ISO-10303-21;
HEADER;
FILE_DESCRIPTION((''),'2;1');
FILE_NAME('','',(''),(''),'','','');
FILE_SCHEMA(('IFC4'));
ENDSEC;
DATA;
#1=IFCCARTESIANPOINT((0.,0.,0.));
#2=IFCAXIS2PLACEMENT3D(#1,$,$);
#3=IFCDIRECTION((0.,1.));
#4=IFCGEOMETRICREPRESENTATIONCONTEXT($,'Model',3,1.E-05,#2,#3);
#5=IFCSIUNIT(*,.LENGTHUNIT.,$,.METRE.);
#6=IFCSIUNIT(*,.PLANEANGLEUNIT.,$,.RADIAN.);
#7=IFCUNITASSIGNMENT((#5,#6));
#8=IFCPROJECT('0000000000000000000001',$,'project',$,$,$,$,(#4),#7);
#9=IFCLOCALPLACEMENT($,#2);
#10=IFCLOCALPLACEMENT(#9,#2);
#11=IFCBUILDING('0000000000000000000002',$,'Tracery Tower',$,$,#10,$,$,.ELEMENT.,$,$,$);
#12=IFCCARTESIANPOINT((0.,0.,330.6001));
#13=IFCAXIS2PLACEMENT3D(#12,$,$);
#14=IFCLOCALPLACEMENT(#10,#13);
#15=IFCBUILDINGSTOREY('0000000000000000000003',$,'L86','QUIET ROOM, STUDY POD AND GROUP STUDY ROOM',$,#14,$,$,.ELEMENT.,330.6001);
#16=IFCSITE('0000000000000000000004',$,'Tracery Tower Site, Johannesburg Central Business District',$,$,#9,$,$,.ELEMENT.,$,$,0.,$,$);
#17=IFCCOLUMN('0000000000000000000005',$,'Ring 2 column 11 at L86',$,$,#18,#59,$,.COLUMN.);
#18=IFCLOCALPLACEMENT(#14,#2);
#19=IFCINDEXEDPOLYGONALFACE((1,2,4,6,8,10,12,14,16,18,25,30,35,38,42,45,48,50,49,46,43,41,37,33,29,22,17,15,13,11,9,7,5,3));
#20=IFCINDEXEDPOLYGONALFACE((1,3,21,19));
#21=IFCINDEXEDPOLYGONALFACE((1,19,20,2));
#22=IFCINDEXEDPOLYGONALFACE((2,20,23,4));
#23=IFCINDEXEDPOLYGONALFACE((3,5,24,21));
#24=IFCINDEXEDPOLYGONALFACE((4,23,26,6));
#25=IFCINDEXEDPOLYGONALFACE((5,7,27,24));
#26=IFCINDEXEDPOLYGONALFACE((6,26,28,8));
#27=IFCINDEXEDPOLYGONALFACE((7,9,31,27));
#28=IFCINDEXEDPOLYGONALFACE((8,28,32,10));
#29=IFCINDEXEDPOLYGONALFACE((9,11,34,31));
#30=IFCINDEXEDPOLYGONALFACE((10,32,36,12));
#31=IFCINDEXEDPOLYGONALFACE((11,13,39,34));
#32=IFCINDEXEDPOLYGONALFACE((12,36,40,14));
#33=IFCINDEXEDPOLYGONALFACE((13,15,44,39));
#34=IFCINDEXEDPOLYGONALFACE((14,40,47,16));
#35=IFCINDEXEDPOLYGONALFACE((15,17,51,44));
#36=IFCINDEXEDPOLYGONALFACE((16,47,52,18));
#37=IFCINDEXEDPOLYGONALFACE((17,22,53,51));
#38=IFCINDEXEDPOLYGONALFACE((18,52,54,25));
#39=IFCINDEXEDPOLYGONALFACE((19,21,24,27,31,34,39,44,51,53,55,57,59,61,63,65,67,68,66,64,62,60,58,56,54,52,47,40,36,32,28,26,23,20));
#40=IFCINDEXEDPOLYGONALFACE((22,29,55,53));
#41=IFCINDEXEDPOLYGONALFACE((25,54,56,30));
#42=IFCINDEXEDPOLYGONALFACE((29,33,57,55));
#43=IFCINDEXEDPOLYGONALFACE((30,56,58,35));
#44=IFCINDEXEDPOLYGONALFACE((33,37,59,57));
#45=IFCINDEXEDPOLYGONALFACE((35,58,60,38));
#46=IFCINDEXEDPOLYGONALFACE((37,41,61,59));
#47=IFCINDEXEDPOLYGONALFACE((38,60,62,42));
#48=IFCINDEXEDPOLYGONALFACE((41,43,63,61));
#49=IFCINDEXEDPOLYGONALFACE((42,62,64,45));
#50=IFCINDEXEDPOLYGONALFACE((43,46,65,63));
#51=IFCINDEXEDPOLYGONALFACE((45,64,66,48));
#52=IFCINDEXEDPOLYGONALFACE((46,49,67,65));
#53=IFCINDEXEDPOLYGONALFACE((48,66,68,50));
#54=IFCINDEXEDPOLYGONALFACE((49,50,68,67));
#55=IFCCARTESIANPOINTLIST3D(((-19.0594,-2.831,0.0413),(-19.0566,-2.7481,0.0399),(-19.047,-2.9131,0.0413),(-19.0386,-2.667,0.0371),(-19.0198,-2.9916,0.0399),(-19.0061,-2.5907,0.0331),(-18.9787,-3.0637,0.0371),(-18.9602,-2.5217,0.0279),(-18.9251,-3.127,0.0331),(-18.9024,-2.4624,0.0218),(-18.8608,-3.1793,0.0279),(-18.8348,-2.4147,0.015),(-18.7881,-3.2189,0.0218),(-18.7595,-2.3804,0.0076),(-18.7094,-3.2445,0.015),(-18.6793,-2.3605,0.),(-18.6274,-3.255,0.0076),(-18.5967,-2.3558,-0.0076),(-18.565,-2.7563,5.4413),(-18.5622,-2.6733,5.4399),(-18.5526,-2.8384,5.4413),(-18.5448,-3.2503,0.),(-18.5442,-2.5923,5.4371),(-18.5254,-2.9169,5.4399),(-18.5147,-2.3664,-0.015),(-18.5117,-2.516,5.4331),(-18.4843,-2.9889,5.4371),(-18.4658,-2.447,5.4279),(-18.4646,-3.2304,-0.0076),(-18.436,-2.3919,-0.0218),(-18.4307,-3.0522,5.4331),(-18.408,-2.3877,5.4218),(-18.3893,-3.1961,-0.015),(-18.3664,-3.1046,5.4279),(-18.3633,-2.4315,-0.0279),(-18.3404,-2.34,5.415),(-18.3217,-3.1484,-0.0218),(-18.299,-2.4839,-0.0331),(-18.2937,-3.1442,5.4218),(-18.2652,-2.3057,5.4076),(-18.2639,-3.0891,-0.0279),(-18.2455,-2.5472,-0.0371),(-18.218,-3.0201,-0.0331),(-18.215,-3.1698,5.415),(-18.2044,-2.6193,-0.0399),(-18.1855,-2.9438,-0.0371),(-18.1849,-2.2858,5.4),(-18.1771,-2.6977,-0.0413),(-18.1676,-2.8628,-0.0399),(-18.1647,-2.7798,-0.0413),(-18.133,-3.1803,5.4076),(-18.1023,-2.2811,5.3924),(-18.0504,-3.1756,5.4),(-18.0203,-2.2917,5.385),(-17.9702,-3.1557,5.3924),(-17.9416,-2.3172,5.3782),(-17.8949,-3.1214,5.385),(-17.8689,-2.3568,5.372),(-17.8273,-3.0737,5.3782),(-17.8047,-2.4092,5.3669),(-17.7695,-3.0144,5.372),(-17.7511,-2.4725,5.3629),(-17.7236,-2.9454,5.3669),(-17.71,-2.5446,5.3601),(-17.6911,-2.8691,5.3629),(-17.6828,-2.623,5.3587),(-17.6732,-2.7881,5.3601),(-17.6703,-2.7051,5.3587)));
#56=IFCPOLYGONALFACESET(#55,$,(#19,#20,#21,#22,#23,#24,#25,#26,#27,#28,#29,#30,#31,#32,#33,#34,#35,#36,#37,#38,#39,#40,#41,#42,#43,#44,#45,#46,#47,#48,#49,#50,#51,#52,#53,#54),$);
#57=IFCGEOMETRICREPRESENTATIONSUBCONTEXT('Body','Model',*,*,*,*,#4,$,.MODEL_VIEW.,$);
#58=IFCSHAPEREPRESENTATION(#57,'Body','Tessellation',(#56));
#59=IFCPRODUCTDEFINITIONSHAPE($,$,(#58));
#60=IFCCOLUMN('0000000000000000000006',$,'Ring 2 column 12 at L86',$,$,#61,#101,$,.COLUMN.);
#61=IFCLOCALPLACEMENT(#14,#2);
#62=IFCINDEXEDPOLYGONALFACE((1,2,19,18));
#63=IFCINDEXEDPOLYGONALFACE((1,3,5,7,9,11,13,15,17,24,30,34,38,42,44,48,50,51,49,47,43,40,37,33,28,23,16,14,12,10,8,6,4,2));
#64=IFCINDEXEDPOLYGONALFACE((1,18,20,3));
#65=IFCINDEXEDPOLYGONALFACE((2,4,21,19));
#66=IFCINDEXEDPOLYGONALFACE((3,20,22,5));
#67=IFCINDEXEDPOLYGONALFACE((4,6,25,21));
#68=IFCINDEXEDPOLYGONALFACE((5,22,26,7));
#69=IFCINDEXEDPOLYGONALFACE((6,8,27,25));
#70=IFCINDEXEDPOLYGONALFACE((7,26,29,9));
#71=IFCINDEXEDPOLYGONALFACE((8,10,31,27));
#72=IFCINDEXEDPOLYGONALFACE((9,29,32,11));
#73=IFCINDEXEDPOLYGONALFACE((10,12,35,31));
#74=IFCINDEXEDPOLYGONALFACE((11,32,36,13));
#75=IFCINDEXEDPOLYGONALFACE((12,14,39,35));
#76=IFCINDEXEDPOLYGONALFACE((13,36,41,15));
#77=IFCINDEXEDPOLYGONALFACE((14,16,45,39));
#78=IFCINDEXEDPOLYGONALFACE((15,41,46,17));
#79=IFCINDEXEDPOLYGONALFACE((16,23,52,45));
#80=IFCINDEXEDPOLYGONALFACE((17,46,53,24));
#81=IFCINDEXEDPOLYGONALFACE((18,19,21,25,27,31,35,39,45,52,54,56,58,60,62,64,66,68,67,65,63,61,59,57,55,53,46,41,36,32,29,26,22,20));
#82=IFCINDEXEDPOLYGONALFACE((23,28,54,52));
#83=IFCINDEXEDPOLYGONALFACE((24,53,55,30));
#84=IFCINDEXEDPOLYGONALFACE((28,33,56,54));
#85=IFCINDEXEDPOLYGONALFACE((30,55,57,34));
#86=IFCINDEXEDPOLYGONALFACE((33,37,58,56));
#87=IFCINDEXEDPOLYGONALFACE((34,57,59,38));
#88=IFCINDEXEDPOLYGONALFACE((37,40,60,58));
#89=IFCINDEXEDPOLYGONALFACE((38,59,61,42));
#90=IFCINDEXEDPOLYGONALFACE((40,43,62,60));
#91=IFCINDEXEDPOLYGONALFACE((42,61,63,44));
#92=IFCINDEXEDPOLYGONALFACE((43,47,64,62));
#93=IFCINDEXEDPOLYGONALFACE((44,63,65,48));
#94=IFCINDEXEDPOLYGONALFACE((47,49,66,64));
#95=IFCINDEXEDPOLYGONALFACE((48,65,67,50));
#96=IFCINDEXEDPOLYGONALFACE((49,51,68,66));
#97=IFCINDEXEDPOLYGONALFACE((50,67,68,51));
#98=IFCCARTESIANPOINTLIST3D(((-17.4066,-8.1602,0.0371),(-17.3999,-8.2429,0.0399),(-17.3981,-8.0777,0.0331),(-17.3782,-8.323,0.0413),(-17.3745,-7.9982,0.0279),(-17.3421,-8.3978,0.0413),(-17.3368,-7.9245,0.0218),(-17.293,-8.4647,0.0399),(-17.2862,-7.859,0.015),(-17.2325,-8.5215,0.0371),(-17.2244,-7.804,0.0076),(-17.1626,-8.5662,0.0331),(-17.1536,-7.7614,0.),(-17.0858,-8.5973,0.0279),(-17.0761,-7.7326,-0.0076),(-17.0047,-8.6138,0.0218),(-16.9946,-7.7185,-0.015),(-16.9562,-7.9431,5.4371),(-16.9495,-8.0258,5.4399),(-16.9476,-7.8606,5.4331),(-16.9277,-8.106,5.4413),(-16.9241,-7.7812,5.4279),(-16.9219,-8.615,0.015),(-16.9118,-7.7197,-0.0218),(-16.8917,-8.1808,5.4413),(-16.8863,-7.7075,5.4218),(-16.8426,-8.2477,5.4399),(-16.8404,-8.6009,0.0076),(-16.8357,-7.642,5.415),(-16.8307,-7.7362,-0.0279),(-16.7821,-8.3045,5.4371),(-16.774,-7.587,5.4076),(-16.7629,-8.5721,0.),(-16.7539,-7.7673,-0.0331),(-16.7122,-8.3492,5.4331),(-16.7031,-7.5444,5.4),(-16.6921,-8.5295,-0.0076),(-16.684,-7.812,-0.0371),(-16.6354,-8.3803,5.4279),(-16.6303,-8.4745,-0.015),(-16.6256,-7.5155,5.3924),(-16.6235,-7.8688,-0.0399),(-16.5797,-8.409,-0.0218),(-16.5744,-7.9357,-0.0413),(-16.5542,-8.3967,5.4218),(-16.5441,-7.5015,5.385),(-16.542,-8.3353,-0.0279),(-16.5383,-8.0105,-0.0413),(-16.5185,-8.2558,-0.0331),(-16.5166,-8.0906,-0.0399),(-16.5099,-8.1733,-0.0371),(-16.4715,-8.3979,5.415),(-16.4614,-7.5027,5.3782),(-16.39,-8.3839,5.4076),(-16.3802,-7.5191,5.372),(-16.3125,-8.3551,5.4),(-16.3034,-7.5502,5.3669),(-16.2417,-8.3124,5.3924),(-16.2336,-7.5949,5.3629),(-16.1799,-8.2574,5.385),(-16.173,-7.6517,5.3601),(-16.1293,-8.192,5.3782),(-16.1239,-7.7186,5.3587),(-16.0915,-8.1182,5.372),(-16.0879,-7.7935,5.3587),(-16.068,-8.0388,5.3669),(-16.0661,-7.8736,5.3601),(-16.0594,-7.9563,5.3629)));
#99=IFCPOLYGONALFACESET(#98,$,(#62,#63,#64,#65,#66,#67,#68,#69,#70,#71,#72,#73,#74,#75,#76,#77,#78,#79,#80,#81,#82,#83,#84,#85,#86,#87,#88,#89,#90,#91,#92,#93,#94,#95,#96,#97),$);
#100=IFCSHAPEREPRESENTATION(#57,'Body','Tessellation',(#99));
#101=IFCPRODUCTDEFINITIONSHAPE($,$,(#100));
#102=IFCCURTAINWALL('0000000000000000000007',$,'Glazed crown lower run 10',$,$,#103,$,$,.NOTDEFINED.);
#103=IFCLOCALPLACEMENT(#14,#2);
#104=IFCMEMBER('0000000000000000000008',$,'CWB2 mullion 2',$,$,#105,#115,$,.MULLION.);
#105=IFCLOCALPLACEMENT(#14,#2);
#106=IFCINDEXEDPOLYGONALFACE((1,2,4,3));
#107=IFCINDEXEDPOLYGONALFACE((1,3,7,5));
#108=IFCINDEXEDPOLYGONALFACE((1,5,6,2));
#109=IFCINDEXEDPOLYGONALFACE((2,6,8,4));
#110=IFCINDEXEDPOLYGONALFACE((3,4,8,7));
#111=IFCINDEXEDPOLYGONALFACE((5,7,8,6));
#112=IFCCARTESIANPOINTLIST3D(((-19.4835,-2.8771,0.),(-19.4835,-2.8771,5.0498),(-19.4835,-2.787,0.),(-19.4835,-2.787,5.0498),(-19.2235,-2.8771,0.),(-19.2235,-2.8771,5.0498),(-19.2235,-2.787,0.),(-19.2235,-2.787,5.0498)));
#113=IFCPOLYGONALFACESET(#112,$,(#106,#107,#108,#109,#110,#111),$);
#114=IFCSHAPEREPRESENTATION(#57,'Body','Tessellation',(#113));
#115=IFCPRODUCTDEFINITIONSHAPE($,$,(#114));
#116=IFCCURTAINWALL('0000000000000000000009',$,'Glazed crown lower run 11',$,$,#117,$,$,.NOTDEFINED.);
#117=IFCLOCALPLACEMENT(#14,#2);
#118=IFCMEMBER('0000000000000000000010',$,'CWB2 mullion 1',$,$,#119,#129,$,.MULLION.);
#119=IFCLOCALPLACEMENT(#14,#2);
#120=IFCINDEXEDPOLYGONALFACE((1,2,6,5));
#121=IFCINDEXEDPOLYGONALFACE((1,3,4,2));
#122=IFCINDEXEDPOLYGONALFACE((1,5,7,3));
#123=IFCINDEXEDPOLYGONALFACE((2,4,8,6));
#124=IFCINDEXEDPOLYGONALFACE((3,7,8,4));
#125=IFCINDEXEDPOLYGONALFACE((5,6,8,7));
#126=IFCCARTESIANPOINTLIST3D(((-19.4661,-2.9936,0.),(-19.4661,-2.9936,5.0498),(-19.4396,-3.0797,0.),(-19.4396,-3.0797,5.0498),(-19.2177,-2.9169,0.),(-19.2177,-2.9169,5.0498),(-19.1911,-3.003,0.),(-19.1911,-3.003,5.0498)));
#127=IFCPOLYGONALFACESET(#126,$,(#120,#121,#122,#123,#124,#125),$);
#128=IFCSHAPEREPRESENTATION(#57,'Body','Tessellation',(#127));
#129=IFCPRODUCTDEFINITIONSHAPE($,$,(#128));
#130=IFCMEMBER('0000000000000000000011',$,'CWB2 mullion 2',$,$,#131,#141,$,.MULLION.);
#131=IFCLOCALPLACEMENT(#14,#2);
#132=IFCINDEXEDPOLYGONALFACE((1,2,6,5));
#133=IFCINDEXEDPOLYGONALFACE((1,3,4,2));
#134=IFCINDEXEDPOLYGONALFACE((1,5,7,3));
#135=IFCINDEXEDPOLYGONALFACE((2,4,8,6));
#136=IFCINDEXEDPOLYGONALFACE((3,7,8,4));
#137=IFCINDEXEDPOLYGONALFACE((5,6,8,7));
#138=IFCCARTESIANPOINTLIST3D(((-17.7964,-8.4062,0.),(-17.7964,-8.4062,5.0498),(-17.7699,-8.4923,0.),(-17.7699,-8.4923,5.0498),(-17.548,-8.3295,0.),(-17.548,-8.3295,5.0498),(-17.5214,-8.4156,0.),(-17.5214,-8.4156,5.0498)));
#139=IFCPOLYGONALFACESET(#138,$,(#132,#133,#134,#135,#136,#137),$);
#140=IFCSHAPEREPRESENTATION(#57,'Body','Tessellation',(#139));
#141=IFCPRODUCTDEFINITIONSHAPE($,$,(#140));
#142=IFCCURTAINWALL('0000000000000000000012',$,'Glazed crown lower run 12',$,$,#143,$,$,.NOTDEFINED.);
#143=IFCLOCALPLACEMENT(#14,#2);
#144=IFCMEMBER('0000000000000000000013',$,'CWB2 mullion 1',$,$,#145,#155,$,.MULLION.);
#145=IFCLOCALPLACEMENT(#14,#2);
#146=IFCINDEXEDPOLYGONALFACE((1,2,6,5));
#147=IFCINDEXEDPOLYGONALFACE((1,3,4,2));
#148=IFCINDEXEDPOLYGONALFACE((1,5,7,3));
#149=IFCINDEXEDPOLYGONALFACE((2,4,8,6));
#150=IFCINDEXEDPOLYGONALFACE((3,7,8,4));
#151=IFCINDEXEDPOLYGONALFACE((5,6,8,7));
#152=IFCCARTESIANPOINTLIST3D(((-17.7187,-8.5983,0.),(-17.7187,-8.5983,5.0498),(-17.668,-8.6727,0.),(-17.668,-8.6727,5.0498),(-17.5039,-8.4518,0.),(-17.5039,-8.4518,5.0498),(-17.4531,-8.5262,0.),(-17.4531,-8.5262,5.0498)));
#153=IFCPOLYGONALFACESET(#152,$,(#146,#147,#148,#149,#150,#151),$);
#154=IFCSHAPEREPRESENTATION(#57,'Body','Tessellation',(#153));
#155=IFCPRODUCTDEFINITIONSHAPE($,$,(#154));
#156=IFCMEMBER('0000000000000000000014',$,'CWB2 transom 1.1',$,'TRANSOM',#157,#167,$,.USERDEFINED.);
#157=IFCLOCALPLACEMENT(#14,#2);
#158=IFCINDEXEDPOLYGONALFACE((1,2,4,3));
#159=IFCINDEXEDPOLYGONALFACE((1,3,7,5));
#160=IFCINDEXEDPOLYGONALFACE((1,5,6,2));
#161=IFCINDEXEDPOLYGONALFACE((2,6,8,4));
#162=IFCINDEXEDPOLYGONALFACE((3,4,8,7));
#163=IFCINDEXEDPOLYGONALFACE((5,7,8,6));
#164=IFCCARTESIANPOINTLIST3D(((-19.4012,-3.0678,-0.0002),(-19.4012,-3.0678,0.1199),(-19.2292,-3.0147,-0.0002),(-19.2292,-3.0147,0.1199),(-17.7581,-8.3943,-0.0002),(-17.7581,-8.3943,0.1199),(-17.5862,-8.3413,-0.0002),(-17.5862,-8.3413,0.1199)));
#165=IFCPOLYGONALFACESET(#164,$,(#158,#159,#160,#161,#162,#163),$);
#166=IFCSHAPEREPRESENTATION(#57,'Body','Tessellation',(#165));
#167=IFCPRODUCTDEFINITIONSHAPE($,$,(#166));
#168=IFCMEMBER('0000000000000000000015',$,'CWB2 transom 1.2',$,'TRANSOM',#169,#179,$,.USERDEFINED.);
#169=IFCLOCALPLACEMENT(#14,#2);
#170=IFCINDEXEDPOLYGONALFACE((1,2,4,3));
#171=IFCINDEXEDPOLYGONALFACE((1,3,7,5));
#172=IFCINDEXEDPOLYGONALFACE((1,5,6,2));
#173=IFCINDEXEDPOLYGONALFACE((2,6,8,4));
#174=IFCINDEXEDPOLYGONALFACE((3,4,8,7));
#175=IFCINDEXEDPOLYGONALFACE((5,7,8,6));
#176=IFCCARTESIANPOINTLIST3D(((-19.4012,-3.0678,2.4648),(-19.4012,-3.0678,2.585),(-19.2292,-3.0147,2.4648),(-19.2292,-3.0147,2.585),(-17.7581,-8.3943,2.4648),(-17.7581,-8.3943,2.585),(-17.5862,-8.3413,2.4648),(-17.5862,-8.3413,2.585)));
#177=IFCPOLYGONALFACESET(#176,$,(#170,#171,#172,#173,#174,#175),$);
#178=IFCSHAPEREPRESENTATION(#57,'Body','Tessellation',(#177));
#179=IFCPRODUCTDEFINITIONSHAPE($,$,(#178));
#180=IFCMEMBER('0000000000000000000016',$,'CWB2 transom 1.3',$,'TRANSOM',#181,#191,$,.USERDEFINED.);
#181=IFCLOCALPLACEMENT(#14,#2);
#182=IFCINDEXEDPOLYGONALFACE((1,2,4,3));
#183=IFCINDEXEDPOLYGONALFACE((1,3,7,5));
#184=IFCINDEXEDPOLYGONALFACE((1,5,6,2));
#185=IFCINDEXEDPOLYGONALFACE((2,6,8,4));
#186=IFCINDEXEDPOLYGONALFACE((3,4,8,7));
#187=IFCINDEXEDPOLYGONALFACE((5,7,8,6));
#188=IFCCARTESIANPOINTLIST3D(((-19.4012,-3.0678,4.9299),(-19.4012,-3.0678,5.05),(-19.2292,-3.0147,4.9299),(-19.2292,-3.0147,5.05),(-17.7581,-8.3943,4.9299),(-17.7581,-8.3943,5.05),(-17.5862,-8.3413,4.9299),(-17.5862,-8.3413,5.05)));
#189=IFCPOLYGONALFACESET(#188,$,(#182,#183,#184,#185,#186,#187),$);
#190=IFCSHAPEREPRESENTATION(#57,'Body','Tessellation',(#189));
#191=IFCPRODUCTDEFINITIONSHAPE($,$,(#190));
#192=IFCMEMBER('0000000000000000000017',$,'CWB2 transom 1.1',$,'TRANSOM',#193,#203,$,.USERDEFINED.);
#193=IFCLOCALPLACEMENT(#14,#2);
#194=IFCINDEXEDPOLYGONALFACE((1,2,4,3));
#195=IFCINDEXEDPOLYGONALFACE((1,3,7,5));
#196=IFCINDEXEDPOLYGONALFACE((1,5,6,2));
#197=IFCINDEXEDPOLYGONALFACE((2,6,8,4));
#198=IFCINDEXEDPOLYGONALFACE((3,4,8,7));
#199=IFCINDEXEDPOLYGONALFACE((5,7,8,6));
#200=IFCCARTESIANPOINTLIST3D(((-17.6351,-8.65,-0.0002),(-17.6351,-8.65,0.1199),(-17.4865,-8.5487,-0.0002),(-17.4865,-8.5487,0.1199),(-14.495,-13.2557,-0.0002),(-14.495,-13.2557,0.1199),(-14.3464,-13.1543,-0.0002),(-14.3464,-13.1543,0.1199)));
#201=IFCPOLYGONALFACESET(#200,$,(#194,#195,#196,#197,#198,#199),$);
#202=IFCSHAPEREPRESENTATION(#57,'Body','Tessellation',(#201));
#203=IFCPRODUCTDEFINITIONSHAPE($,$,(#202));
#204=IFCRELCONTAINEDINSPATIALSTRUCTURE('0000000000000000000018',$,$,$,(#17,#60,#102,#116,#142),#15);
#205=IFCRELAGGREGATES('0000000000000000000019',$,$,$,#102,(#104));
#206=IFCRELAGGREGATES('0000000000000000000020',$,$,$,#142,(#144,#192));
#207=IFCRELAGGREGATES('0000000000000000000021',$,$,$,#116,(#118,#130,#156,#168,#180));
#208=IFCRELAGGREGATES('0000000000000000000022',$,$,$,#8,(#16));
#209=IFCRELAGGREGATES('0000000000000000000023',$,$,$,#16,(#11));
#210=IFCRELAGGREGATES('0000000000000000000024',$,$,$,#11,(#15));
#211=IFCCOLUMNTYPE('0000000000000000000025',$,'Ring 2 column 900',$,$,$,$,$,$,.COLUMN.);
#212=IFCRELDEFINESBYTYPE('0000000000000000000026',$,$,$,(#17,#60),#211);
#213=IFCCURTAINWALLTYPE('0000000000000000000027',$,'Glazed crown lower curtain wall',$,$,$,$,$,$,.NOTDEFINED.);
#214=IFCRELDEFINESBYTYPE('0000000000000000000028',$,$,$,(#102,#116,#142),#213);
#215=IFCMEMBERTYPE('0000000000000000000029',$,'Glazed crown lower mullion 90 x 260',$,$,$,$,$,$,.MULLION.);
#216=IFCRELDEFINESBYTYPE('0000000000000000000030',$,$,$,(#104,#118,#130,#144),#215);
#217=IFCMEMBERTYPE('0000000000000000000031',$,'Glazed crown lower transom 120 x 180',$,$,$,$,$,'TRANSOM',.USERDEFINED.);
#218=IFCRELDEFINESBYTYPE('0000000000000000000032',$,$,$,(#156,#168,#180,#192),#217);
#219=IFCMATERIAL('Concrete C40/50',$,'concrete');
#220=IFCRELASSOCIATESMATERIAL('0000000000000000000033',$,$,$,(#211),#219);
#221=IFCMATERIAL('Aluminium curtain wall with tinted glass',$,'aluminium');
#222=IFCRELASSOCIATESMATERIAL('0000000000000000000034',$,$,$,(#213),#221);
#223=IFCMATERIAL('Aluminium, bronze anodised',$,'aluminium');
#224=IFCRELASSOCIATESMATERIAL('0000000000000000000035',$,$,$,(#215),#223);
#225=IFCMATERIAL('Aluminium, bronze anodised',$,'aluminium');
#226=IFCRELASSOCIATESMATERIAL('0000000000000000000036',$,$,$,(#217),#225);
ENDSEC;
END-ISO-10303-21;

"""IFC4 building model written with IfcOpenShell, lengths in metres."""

from ifc_helpers import new_model, si_unit, direction, frame, origin, origin_2d, place, context, subcontext, project, spatial, rectangle, circle, extrude, material, material_profile, profile_set, type_object, element, aggregate, save


model = new_model("IFC4")

# Units and contexts
model_context = context("Model", 3, precision=1e-05, world=origin(), true_north=direction((0.0, 1.0)))
body_context = subcontext(model_context, "Body", "Model", "MODEL_VIEW")
ifc_project = project(units=[si_unit("LENGTHUNIT", "METRE"), si_unit("PLANEANGLEUNIT", "RADIAN")], contexts=[model_context])

# Site, building, storey
site_placement = place(None, origin())
site = spatial("IfcSite", under=ifc_project, at=site_placement, Name="Tracery Tower Site, Johannesburg Central Business District", CompositionType="ELEMENT", RefElevation=0.0)
building_placement = place(site_placement, origin())
building = spatial("IfcBuilding", under=site, at=building_placement, Name="Tracery Tower", CompositionType="ELEMENT")
storey_placement = place(building_placement, frame((0.0, 0.0, 330.6001)))
storey = spatial("IfcBuildingStorey", under=building, at=storey_placement, Name="L86", Description="QUIET ROOM, STUDY POD AND GROUP STUDY ROOM", CompositionType="ELEMENT", Elevation=330.6001)

# Columns
ifc_material_1 = material(Name="Concrete C40/50", Category="concrete")
ifc_material_profile_1 = material_profile(ifc_material_1, circle(Radius=0.45, at=origin_2d()), Name="RC D900")
ifc_profile_set_1 = profile_set([ifc_material_profile_1], Name="Concrete C40/50")
column_type = type_object("IfcColumnType", Name="Ring 2 column 900", PredefinedType="COLUMN", material=ifc_profile_set_1)
for number, where, z_axis, x_axis, name in (
    (1, (-18.6121, -2.8054, 0.0), (0.091164, 0.013776, 0.995741), (-0.149415, 0.988775, 0.0), "Ring 2 column 11 at L86"),
    (2, (-16.9583, -8.1667, 0.0), (0.083061, 0.040022, 0.99574), (-0.43408, 0.900874, 0.0), "Ring 2 column 12 at L86"),
):
    element("IfcColumn", number, at=place(storey_placement, frame(where, z_axis=z_axis, x_axis=x_axis)), inside=storey, type_object=column_type, Name=name, PredefinedType="COLUMN", context=body_context, shape_type="SweptSolid", body=[
        extrude(circle(Radius=0.45, at=origin_2d()), origin(), (0.0, 0.0, 1.0), 5.4231),
    ])

# Curtain wall, member
ifc_material_2 = material(Name="Aluminium curtain wall with tinted glass", Category="aluminium")
curtain_wall_type = type_object("IfcCurtainWallType", Name="Glazed crown lower curtain wall", PredefinedType="NOTDEFINED", material=ifc_material_2)
curtain_wall_1_placement = place(storey_placement, origin())
curtain_wall_1 = element("IfcCurtainWall", 3, at=curtain_wall_1_placement, inside=storey, type_object=curtain_wall_type, Name="Glazed crown lower run 10", PredefinedType="NOTDEFINED")
ifc_material_3 = material(Name="Aluminium, bronze anodised", Category="aluminium")
ifc_material_profile_2 = material_profile(ifc_material_3, rectangle(XDim=0.26, YDim=0.0901, at=origin_2d()), Name="Glazed crown lower mullion 90 x 260")
ifc_profile_set_2 = profile_set([ifc_material_profile_2], Name="Aluminium, bronze anodised")
member_type_1 = type_object("IfcMemberType", Name="Glazed crown lower mullion 90 x 260", PredefinedType="MULLION", material=ifc_profile_set_2)
member_1_placement = place(storey_placement, frame((-19.3535, -2.832, 0.0), z_axis=(0.0, 0.0, 1.0), x_axis=(1.0, 0.0, 0.0)))
member_1 = element("IfcMember", 4, at=member_1_placement, type_object=member_type_1, Name="CWB2 mullion 2", PredefinedType="MULLION", context=body_context, shape_type="SweptSolid", body=[
    extrude(rectangle(XDim=0.26, YDim=0.0901, at=origin_2d()), origin(), (0.0, 0.0, 1.0), 5.0498),
])
aggregate(curtain_wall_1, [member_1])

# Curtain wall, members
curtain_wall_2_placement = place(storey_placement, origin())
curtain_wall_2 = element("IfcCurtainWall", 5, at=curtain_wall_2_placement, inside=storey, type_object=curtain_wall_type, Name="Glazed crown lower run 11", PredefinedType="NOTDEFINED")
member_2_placement = place(storey_placement, frame((-19.3286, -2.9983, 0.0), z_axis=(0.0, 0.0, 1.0), x_axis=(0.955571, 0.294761, 0.0)))
member_2 = element("IfcMember", 6, at=member_2_placement, type_object=member_type_1, Name="CWB2 mullion 1", PredefinedType="MULLION", context=body_context, shape_type="SweptSolid", body=[
    extrude(rectangle(XDim=0.26, YDim=0.0901, at=origin_2d()), origin(), (0.0, 0.0, 1.0), 5.0498),
])
member_3_placement = place(storey_placement, frame((-17.6589, -8.4109, 0.0), z_axis=(0.0, 0.0, 1.0), x_axis=(0.955571, 0.294761, 0.0)))
member_3 = element("IfcMember", 7, at=member_3_placement, type_object=member_type_1, Name="CWB2 mullion 2", PredefinedType="MULLION", context=body_context, shape_type="SweptSolid", body=[
    extrude(rectangle(XDim=0.26, YDim=0.0901, at=origin_2d()), origin(), (0.0, 0.0, 1.0), 5.0498),
])

# Curtain wall, member
curtain_wall_3_placement = place(storey_placement, origin())
curtain_wall_3 = element("IfcCurtainWall", 8, at=curtain_wall_3_placement, inside=storey, type_object=curtain_wall_type, Name="Glazed crown lower run 12", PredefinedType="NOTDEFINED")
member_4_placement = place(storey_placement, frame((-17.5859, -8.5623, 0.0), z_axis=(0.0, 0.0, 1.0), x_axis=(0.826241, 0.563317, 0.0)))
member_4 = element("IfcMember", 9, at=member_4_placement, type_object=member_type_1, Name="CWB2 mullion 1", PredefinedType="MULLION", context=body_context, shape_type="SweptSolid", body=[
    extrude(rectangle(XDim=0.26, YDim=0.0901, at=origin_2d()), origin(), (0.0, 0.0, 1.0), 5.0498),
])

# Members
ifc_material_4 = material(Name="Aluminium, bronze anodised", Category="aluminium")
ifc_material_profile_3 = material_profile(ifc_material_4, rectangle(XDim=0.1799, YDim=0.1201, at=origin_2d()), Name="Glazed crown lower transom 120 x 180")
ifc_profile_set_3 = profile_set([ifc_material_profile_3], Name="Aluminium, bronze anodised")
member_type_2 = type_object("IfcMemberType", Name="Glazed crown lower transom 120 x 180", ElementType="TRANSOM", PredefinedType="USERDEFINED", material=ifc_profile_set_3)
member_5_placement = place(storey_placement, frame((-19.3152, -3.0413, 0.0598), z_axis=(0.294757, -0.955572, 0.0), x_axis=(0.955572, 0.294757, 0.0)))
member_5 = element("IfcMember", 10, at=member_5_placement, type_object=member_type_2, Name="CWB2 transom 1.1", ObjectType="TRANSOM", PredefinedType="USERDEFINED", context=body_context, shape_type="SweptSolid", body=[
    extrude(rectangle(XDim=0.1799, YDim=0.1201, at=origin_2d()), origin(), (0.0, 0.0, 1.0), 5.5742),
])
member_6_placement = place(storey_placement, frame((-19.3152, -3.0413, 2.5249), z_axis=(0.294757, -0.955572, 0.0), x_axis=(0.955572, 0.294757, 0.0)))
member_6 = element("IfcMember", 11, at=member_6_placement, type_object=member_type_2, Name="CWB2 transom 1.2", ObjectType="TRANSOM", PredefinedType="USERDEFINED", context=body_context, shape_type="SweptSolid", body=[
    extrude(rectangle(XDim=0.1799, YDim=0.1201, at=origin_2d()), origin(), (0.0, 0.0, 1.0), 5.5742),
])
member_7_placement = place(storey_placement, frame((-19.3152, -3.0413, 4.99), z_axis=(0.294757, -0.955572, 0.0), x_axis=(0.955572, 0.294757, 0.0)))
member_7 = element("IfcMember", 12, at=member_7_placement, type_object=member_type_2, Name="CWB2 transom 1.3", ObjectType="TRANSOM", PredefinedType="USERDEFINED", context=body_context, shape_type="SweptSolid", body=[
    extrude(rectangle(XDim=0.1799, YDim=0.1201, at=origin_2d()), origin(), (0.0, 0.0, 1.0), 5.5742),
])
member_8_placement = place(storey_placement, frame((-17.5608, -8.5994, 0.0598), z_axis=(0.563322, -0.826238, 0.0), x_axis=(0.826238, 0.563322, 0.0)))
member_8 = element("IfcMember", 13, at=member_8_placement, type_object=member_type_2, Name="CWB2 transom 1.1", ObjectType="TRANSOM", PredefinedType="USERDEFINED", context=body_context, shape_type="SweptSolid", body=[
    extrude(rectangle(XDim=0.1799, YDim=0.1201, at=origin_2d()), origin(), (0.0, 0.0, 1.0), 5.5742),
])
aggregate(curtain_wall_3, [member_4, member_8])

aggregate(curtain_wall_2, [member_2, member_3, member_5, member_6, member_7])

save(model, "model.ifc")
